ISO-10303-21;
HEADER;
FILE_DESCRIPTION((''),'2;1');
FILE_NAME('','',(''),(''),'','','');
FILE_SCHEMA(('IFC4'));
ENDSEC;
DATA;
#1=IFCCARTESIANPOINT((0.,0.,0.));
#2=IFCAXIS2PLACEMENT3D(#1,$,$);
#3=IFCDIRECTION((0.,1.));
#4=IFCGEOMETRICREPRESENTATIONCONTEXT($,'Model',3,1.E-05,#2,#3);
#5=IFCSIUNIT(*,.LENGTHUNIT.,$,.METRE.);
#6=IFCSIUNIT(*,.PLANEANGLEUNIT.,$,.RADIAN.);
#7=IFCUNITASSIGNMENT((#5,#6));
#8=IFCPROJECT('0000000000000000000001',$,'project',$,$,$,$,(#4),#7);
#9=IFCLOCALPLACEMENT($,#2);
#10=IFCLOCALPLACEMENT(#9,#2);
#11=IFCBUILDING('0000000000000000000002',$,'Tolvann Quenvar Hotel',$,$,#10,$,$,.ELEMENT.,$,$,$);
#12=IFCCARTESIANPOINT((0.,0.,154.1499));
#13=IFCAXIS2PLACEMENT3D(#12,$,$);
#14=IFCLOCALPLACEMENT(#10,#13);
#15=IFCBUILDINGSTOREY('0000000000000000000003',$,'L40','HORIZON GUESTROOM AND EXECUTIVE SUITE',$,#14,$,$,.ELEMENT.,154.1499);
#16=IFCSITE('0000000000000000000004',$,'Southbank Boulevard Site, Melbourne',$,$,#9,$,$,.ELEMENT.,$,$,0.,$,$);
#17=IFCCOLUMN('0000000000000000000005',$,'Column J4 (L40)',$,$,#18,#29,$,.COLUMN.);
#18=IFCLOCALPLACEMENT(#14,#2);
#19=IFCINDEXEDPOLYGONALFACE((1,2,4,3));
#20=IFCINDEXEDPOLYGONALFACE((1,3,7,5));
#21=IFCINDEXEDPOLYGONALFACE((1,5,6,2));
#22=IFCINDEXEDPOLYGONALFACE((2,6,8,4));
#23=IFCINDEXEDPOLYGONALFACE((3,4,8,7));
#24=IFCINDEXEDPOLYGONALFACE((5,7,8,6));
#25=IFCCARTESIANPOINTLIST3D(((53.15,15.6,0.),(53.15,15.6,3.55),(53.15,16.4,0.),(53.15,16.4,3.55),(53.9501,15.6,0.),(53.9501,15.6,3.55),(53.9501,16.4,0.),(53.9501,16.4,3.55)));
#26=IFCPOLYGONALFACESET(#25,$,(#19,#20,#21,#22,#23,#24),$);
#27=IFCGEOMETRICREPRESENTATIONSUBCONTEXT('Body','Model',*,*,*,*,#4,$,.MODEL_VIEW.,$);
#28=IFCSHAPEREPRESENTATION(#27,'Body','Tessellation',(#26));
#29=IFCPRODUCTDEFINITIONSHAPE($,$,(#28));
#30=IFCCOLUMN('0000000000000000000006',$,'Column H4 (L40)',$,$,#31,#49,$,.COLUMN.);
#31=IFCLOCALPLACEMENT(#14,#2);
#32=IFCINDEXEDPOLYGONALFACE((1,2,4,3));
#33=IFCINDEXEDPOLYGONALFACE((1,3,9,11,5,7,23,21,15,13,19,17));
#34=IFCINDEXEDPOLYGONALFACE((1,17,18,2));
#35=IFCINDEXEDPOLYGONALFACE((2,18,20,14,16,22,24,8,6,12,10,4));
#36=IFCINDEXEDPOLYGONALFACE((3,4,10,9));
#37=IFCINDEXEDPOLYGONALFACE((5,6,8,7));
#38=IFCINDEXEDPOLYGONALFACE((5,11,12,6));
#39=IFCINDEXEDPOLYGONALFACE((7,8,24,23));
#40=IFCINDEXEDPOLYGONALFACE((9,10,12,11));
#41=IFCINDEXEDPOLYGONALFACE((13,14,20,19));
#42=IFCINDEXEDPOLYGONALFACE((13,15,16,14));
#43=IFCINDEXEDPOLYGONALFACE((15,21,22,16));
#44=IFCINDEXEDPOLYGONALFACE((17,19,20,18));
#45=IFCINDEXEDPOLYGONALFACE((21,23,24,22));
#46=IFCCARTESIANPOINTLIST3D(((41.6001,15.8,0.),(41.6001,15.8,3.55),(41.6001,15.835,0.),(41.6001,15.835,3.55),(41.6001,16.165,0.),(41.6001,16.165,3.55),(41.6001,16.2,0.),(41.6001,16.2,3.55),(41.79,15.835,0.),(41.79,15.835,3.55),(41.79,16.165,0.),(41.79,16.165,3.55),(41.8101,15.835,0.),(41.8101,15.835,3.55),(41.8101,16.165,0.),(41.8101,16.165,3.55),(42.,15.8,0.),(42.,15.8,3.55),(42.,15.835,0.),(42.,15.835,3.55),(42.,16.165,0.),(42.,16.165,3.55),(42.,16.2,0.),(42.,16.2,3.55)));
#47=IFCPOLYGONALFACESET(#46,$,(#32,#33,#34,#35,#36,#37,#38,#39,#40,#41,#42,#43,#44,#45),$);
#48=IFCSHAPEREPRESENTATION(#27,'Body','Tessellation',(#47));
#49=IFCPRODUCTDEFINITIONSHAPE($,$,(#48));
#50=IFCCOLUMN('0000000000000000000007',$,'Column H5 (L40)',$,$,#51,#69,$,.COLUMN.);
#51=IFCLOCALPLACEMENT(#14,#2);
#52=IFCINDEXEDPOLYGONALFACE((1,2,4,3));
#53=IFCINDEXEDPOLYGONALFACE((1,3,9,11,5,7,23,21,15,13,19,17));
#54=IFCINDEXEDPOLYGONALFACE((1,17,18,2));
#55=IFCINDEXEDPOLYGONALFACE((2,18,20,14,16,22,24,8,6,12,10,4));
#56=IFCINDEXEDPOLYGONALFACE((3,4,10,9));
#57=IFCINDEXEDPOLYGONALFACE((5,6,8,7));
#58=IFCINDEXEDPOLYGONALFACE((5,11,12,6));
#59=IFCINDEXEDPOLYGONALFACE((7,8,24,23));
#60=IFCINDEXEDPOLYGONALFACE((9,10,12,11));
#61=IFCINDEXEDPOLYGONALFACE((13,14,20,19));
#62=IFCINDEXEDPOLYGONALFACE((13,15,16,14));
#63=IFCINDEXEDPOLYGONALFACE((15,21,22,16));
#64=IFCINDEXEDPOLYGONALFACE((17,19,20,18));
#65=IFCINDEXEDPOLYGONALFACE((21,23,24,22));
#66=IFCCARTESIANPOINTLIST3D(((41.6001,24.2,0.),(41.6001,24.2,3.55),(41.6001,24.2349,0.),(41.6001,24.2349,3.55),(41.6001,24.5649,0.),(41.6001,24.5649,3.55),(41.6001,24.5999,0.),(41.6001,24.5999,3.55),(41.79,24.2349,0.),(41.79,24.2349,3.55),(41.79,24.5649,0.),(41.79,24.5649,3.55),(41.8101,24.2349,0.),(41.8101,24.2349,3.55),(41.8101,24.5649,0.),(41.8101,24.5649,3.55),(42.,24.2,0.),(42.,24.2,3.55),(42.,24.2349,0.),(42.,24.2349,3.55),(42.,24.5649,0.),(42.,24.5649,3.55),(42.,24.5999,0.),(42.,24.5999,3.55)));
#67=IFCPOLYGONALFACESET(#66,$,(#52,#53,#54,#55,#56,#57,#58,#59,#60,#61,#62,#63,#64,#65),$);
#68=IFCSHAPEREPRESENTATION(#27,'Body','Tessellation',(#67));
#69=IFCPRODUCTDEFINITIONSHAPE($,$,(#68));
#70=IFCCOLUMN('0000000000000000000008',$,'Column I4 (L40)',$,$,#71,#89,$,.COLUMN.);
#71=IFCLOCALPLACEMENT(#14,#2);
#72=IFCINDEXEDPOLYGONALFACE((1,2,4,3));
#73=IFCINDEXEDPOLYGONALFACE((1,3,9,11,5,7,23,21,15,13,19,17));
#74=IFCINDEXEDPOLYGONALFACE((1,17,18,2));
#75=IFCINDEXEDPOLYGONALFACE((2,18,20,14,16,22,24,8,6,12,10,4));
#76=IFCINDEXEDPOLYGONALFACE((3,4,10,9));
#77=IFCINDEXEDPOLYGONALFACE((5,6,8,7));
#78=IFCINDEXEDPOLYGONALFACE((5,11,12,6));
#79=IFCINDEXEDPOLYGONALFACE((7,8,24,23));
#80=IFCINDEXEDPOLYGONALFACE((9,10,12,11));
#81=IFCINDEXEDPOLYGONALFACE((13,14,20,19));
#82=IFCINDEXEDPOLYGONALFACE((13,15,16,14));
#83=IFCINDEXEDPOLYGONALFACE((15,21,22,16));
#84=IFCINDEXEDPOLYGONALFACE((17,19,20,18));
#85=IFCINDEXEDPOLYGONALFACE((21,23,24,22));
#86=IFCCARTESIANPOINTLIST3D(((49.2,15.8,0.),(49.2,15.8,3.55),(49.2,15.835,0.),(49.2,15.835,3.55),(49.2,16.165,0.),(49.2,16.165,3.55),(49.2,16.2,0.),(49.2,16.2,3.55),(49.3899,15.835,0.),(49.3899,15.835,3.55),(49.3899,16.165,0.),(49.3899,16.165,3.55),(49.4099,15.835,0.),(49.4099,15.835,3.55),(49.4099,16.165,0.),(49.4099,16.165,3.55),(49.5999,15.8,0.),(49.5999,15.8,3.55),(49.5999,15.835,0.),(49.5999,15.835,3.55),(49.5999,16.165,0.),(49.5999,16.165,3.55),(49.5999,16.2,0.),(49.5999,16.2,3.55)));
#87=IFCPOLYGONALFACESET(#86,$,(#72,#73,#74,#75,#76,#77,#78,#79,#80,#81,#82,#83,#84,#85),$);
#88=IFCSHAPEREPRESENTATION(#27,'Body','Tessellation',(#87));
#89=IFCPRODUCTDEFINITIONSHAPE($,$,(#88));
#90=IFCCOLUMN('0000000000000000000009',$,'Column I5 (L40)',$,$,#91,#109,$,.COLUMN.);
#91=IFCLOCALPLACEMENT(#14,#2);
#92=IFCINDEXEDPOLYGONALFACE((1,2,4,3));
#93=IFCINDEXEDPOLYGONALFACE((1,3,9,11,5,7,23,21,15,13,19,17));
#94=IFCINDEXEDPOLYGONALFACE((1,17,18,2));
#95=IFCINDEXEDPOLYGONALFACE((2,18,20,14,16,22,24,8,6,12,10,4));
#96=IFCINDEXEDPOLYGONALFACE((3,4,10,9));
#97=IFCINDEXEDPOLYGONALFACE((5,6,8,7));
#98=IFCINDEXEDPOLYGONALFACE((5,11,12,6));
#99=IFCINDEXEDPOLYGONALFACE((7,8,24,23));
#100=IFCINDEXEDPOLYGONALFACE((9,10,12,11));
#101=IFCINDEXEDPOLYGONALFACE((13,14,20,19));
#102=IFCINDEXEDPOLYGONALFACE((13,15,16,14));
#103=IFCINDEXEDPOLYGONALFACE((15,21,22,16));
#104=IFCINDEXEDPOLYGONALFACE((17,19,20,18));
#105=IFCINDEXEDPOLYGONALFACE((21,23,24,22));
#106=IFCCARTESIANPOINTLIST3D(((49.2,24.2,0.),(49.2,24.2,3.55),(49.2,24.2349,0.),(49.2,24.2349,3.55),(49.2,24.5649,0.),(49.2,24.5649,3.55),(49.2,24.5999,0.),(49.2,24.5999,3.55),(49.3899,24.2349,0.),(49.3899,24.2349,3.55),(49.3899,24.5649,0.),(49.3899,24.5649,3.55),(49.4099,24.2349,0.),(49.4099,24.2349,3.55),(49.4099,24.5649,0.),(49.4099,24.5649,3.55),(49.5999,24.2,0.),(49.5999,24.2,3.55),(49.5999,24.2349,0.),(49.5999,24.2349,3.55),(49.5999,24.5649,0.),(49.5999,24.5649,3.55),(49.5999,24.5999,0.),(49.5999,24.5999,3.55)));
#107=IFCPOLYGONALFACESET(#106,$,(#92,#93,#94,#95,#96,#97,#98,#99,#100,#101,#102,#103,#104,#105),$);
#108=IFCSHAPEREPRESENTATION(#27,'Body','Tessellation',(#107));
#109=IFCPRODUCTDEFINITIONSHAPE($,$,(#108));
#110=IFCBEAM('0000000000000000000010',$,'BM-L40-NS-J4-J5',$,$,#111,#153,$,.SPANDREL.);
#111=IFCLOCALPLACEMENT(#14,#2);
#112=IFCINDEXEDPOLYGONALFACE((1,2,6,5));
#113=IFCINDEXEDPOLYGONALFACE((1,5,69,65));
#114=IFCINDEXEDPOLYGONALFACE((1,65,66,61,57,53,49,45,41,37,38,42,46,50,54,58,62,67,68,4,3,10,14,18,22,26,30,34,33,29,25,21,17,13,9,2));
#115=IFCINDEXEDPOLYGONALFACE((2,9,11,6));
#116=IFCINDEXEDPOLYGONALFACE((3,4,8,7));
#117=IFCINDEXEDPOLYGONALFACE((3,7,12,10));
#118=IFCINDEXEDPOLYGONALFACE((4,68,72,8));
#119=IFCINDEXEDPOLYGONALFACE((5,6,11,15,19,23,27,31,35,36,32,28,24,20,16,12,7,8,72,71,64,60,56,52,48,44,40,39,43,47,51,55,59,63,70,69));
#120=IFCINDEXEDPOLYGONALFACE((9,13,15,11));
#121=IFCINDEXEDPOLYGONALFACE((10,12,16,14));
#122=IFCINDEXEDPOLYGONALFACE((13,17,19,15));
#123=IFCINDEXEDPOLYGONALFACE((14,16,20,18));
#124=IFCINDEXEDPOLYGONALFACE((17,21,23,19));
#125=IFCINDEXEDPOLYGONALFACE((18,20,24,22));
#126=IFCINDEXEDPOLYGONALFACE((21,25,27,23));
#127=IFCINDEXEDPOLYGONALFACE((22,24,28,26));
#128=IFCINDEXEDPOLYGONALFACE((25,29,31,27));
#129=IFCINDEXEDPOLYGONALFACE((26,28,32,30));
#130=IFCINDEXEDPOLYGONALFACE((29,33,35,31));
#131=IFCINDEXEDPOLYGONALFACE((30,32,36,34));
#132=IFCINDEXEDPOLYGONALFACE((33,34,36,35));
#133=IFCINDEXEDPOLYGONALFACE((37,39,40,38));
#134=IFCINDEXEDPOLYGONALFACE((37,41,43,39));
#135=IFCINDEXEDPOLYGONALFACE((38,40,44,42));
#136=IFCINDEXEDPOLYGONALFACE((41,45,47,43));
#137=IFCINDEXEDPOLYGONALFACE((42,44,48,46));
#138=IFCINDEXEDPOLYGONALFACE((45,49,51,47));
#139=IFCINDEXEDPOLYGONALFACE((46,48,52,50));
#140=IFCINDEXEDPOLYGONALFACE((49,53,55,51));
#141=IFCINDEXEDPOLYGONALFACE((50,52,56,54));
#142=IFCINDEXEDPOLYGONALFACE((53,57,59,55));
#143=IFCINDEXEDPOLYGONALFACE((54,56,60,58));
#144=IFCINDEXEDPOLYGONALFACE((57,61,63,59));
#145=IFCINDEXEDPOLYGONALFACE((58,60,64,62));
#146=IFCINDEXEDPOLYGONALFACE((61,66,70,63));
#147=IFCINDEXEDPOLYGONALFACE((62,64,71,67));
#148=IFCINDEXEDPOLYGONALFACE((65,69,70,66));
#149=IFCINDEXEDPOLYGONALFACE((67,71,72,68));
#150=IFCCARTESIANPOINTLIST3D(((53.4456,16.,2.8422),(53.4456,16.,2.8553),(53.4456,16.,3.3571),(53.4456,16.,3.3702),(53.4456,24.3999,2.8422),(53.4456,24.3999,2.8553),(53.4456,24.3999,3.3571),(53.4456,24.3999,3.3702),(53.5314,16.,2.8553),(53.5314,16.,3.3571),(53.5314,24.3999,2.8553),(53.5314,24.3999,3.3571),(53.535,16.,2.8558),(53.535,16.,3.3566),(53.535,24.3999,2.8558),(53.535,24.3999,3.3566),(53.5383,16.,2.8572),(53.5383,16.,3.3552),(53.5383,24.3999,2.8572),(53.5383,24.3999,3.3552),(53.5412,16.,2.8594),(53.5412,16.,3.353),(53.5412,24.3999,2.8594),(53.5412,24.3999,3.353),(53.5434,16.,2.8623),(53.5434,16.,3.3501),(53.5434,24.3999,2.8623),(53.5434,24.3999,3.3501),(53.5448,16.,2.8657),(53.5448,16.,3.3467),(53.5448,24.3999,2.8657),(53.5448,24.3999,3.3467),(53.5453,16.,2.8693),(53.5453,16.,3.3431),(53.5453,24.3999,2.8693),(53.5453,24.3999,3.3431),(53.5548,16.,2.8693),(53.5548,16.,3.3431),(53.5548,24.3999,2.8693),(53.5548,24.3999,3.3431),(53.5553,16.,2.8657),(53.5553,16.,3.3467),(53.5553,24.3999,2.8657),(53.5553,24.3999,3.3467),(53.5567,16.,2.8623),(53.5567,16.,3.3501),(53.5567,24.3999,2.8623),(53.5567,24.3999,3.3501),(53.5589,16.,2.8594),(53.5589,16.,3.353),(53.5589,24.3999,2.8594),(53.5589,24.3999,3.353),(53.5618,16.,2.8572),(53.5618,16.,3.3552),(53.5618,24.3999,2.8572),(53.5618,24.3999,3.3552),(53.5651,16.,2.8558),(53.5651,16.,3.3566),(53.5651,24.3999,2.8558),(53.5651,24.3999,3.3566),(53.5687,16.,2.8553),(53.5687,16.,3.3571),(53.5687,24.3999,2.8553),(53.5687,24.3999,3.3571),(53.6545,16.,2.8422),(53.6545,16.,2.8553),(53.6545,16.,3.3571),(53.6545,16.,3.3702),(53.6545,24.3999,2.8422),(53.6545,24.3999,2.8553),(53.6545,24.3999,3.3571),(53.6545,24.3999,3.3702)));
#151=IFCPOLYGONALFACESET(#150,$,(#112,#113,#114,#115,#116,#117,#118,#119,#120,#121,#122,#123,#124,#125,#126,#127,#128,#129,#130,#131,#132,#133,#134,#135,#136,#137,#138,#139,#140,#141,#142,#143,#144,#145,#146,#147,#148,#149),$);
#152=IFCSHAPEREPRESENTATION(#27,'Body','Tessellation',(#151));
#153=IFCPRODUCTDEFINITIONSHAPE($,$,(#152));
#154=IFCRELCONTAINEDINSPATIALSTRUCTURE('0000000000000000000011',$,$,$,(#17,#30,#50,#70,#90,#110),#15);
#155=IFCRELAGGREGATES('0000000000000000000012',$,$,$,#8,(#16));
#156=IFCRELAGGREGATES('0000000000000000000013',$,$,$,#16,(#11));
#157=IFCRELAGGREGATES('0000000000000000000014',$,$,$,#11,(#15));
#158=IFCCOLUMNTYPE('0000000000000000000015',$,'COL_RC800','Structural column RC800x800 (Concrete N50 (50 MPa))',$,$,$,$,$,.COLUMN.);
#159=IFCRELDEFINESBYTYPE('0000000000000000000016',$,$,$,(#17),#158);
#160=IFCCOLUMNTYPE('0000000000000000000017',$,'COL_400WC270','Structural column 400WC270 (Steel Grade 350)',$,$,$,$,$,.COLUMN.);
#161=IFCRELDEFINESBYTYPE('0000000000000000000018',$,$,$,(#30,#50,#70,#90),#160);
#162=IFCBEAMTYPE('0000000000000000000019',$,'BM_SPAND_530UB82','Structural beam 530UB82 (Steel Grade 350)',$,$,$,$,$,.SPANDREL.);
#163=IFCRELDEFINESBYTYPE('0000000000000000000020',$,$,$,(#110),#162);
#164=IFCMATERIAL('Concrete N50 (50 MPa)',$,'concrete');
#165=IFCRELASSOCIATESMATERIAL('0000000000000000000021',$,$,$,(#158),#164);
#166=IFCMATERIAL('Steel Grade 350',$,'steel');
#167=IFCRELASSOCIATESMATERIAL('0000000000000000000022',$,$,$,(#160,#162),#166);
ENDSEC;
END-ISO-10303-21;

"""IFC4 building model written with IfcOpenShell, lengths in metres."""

from ifc_helpers import new_model, si_unit, direction, frame, origin, origin_2d, place, context, subcontext, project, spatial, rectangle, i_section, extrude, source, transform, mapped, material, material_profile, profile_set, type_object, type_shapes, element, save


model = new_model("IFC4")

# Units and contexts
model_context = context("Model", 3, precision=1e-05, world=origin(), true_north=direction((0.0, 1.0)))
body_context = subcontext(model_context, "Body", "Model", "MODEL_VIEW")
ifc_project = project(units=[si_unit("LENGTHUNIT", "METRE"), si_unit("PLANEANGLEUNIT", "RADIAN")], contexts=[model_context])

# Site, building, storey
site_placement = place(None, origin())
site = spatial("IfcSite", under=ifc_project, at=site_placement, Name="Southbank Boulevard Site, Melbourne", CompositionType="ELEMENT", RefElevation=0.0)
building_placement = place(site_placement, origin())
building = spatial("IfcBuilding", under=site, at=building_placement, Name="Tolvann Quenvar Hotel", CompositionType="ELEMENT")
storey_placement = place(building_placement, frame((0.0, 0.0, 154.1499)))
storey = spatial("IfcBuildingStorey", under=building, at=storey_placement, Name="L40", Description="HORIZON GUESTROOM AND EXECUTIVE SUITE", CompositionType="ELEMENT", Elevation=154.1499)

# Columns
ifc_material_1 = material(Name="Concrete N50 (50 MPa)", Category="concrete")
ifc_material_profile_1 = material_profile(ifc_material_1, rectangle(XDim=0.8, YDim=0.8, at=origin_2d()), Name="RC800x800")
ifc_profile_set_1 = profile_set([ifc_material_profile_1], Name="Concrete N50 (50 MPa)")
column_type_1 = type_object("IfcColumnType", Name="COL_RC800", Description="Structural column RC800x800 (Concrete N50 (50 MPa))", PredefinedType="COLUMN", material=ifc_profile_set_1)
shared_shape_1 = source(origin(), body_context, "Body", "SweptSolid", [
    extrude(rectangle(XDim=0.8, YDim=0.8, at=origin_2d()), origin(), (0.0, 0.0, 1.0), 3.55),
])
type_shapes(column_type_1, [shared_shape_1])
column_placement = place(storey_placement, frame((53.55, 16.0, 0.0), z_axis=(0.0, 0.0, 1.0), x_axis=(1.0, 0.0, 0.0)))
element("IfcColumn", 1, at=column_placement, inside=storey, type_object=column_type_1, Name="Column J4 (L40)", PredefinedType="COLUMN", context=body_context, shape_type="MappedRepresentation", body=[
    mapped(shared_shape_1, transform((0.0, 0.0, 0.0), x_axis=(1.0, 0.0, 0.0), y_axis=(0.0, 1.0, 0.0), z_axis=(0.0, 0.0, 1.0), scale=1.0)),
])
ifc_material_2 = material(Name="Steel Grade 350", Category="steel")
ifc_material_profile_2 = material_profile(ifc_material_2, i_section(OverallWidth=0.3999, OverallDepth=0.3999, WebThickness=0.02, FlangeThickness=0.0349, at=origin_2d()), Name="400WC270")
ifc_profile_set_2 = profile_set([ifc_material_profile_2], Name="Steel Grade 350")
column_type_2 = type_object("IfcColumnType", Name="COL_400WC270", Description="Structural column 400WC270 (Steel Grade 350)", PredefinedType="COLUMN", material=ifc_profile_set_2)
shared_shape_2 = source(origin(), body_context, "Body", "SweptSolid", [
    extrude(i_section(OverallWidth=0.3999, OverallDepth=0.3999, WebThickness=0.02, FlangeThickness=0.0349, at=origin_2d()), origin(), (0.0, 0.0, 1.0), 3.55),
])
type_shapes(column_type_2, [shared_shape_2])
for number, where, z_axis, x_axis, name in (
    (2, (41.8, 16.0, 0.0), (0.0, 0.0, 1.0), (1.0, 0.0, 0.0), "Column H4 (L40)"),
    (3, (41.8, 24.3999, 0.0), (0.0, 0.0, 1.0), (1.0, 0.0, 0.0), "Column H5 (L40)"),
    (4, (49.3999, 16.0, 0.0), (0.0, 0.0, 1.0), (1.0, 0.0, 0.0), "Column I4 (L40)"),
    (5, (49.3999, 24.3999, 0.0), (0.0, 0.0, 1.0), (1.0, 0.0, 0.0), "Column I5 (L40)"),
):
    element("IfcColumn", number, at=place(storey_placement, frame(where, z_axis=z_axis, x_axis=x_axis)), inside=storey, type_object=column_type_2, Name=name, PredefinedType="COLUMN", context=body_context, shape_type="MappedRepresentation", body=[
        mapped(shared_shape_2, transform((0.0, 0.0, 0.0), x_axis=(1.0, 0.0, 0.0), y_axis=(0.0, 1.0, 0.0), z_axis=(0.0, 0.0, 1.0), scale=1.0)),
    ])

# Beam
ifc_material_profile_3 = material_profile(ifc_material_2, i_section(OverallWidth=0.209, OverallDepth=0.5281, WebThickness=0.0095, FlangeThickness=0.0132, FilletRadius=0.0139, at=origin_2d()), Name="530UB82")
ifc_profile_set_3 = profile_set([ifc_material_profile_3], Name="Steel Grade 350")
beam_type_1 = type_object("IfcBeamType", Name="BM_SPAND_530UB82", Description="Structural beam 530UB82 (Steel Grade 350)", PredefinedType="SPANDREL", material=ifc_profile_set_3)
shared_shape_3 = source(origin(), body_context, "Body", "SweptSolid", [
    extrude(i_section(OverallWidth=0.209, OverallDepth=0.5281, WebThickness=0.0095, FlangeThickness=0.0132, FilletRadius=0.0139, at=origin_2d()), origin(), (0.0, 0.0, 1.0), 8.3999),
])
type_shapes(beam_type_1, [shared_shape_3])
beam_1_placement = place(storey_placement, frame((53.55, 16.0, 3.1062), z_axis=(0.0, 1.0, 0.0), x_axis=(-1.0, 0.0, 0.0)))
element("IfcBeam", 6, at=beam_1_placement, inside=storey, type_object=beam_type_1, Name="BM-L40-NS-J4-J5", PredefinedType="SPANDREL", context=body_context, shape_type="MappedRepresentation", body=[
    mapped(shared_shape_3, transform((0.0, 0.0, 0.0), x_axis=(1.0, 0.0, 0.0), y_axis=(0.0, 1.0, 0.0), z_axis=(0.0, 0.0, 1.0), scale=1.0)),
])

save(model, "model.ifc")
